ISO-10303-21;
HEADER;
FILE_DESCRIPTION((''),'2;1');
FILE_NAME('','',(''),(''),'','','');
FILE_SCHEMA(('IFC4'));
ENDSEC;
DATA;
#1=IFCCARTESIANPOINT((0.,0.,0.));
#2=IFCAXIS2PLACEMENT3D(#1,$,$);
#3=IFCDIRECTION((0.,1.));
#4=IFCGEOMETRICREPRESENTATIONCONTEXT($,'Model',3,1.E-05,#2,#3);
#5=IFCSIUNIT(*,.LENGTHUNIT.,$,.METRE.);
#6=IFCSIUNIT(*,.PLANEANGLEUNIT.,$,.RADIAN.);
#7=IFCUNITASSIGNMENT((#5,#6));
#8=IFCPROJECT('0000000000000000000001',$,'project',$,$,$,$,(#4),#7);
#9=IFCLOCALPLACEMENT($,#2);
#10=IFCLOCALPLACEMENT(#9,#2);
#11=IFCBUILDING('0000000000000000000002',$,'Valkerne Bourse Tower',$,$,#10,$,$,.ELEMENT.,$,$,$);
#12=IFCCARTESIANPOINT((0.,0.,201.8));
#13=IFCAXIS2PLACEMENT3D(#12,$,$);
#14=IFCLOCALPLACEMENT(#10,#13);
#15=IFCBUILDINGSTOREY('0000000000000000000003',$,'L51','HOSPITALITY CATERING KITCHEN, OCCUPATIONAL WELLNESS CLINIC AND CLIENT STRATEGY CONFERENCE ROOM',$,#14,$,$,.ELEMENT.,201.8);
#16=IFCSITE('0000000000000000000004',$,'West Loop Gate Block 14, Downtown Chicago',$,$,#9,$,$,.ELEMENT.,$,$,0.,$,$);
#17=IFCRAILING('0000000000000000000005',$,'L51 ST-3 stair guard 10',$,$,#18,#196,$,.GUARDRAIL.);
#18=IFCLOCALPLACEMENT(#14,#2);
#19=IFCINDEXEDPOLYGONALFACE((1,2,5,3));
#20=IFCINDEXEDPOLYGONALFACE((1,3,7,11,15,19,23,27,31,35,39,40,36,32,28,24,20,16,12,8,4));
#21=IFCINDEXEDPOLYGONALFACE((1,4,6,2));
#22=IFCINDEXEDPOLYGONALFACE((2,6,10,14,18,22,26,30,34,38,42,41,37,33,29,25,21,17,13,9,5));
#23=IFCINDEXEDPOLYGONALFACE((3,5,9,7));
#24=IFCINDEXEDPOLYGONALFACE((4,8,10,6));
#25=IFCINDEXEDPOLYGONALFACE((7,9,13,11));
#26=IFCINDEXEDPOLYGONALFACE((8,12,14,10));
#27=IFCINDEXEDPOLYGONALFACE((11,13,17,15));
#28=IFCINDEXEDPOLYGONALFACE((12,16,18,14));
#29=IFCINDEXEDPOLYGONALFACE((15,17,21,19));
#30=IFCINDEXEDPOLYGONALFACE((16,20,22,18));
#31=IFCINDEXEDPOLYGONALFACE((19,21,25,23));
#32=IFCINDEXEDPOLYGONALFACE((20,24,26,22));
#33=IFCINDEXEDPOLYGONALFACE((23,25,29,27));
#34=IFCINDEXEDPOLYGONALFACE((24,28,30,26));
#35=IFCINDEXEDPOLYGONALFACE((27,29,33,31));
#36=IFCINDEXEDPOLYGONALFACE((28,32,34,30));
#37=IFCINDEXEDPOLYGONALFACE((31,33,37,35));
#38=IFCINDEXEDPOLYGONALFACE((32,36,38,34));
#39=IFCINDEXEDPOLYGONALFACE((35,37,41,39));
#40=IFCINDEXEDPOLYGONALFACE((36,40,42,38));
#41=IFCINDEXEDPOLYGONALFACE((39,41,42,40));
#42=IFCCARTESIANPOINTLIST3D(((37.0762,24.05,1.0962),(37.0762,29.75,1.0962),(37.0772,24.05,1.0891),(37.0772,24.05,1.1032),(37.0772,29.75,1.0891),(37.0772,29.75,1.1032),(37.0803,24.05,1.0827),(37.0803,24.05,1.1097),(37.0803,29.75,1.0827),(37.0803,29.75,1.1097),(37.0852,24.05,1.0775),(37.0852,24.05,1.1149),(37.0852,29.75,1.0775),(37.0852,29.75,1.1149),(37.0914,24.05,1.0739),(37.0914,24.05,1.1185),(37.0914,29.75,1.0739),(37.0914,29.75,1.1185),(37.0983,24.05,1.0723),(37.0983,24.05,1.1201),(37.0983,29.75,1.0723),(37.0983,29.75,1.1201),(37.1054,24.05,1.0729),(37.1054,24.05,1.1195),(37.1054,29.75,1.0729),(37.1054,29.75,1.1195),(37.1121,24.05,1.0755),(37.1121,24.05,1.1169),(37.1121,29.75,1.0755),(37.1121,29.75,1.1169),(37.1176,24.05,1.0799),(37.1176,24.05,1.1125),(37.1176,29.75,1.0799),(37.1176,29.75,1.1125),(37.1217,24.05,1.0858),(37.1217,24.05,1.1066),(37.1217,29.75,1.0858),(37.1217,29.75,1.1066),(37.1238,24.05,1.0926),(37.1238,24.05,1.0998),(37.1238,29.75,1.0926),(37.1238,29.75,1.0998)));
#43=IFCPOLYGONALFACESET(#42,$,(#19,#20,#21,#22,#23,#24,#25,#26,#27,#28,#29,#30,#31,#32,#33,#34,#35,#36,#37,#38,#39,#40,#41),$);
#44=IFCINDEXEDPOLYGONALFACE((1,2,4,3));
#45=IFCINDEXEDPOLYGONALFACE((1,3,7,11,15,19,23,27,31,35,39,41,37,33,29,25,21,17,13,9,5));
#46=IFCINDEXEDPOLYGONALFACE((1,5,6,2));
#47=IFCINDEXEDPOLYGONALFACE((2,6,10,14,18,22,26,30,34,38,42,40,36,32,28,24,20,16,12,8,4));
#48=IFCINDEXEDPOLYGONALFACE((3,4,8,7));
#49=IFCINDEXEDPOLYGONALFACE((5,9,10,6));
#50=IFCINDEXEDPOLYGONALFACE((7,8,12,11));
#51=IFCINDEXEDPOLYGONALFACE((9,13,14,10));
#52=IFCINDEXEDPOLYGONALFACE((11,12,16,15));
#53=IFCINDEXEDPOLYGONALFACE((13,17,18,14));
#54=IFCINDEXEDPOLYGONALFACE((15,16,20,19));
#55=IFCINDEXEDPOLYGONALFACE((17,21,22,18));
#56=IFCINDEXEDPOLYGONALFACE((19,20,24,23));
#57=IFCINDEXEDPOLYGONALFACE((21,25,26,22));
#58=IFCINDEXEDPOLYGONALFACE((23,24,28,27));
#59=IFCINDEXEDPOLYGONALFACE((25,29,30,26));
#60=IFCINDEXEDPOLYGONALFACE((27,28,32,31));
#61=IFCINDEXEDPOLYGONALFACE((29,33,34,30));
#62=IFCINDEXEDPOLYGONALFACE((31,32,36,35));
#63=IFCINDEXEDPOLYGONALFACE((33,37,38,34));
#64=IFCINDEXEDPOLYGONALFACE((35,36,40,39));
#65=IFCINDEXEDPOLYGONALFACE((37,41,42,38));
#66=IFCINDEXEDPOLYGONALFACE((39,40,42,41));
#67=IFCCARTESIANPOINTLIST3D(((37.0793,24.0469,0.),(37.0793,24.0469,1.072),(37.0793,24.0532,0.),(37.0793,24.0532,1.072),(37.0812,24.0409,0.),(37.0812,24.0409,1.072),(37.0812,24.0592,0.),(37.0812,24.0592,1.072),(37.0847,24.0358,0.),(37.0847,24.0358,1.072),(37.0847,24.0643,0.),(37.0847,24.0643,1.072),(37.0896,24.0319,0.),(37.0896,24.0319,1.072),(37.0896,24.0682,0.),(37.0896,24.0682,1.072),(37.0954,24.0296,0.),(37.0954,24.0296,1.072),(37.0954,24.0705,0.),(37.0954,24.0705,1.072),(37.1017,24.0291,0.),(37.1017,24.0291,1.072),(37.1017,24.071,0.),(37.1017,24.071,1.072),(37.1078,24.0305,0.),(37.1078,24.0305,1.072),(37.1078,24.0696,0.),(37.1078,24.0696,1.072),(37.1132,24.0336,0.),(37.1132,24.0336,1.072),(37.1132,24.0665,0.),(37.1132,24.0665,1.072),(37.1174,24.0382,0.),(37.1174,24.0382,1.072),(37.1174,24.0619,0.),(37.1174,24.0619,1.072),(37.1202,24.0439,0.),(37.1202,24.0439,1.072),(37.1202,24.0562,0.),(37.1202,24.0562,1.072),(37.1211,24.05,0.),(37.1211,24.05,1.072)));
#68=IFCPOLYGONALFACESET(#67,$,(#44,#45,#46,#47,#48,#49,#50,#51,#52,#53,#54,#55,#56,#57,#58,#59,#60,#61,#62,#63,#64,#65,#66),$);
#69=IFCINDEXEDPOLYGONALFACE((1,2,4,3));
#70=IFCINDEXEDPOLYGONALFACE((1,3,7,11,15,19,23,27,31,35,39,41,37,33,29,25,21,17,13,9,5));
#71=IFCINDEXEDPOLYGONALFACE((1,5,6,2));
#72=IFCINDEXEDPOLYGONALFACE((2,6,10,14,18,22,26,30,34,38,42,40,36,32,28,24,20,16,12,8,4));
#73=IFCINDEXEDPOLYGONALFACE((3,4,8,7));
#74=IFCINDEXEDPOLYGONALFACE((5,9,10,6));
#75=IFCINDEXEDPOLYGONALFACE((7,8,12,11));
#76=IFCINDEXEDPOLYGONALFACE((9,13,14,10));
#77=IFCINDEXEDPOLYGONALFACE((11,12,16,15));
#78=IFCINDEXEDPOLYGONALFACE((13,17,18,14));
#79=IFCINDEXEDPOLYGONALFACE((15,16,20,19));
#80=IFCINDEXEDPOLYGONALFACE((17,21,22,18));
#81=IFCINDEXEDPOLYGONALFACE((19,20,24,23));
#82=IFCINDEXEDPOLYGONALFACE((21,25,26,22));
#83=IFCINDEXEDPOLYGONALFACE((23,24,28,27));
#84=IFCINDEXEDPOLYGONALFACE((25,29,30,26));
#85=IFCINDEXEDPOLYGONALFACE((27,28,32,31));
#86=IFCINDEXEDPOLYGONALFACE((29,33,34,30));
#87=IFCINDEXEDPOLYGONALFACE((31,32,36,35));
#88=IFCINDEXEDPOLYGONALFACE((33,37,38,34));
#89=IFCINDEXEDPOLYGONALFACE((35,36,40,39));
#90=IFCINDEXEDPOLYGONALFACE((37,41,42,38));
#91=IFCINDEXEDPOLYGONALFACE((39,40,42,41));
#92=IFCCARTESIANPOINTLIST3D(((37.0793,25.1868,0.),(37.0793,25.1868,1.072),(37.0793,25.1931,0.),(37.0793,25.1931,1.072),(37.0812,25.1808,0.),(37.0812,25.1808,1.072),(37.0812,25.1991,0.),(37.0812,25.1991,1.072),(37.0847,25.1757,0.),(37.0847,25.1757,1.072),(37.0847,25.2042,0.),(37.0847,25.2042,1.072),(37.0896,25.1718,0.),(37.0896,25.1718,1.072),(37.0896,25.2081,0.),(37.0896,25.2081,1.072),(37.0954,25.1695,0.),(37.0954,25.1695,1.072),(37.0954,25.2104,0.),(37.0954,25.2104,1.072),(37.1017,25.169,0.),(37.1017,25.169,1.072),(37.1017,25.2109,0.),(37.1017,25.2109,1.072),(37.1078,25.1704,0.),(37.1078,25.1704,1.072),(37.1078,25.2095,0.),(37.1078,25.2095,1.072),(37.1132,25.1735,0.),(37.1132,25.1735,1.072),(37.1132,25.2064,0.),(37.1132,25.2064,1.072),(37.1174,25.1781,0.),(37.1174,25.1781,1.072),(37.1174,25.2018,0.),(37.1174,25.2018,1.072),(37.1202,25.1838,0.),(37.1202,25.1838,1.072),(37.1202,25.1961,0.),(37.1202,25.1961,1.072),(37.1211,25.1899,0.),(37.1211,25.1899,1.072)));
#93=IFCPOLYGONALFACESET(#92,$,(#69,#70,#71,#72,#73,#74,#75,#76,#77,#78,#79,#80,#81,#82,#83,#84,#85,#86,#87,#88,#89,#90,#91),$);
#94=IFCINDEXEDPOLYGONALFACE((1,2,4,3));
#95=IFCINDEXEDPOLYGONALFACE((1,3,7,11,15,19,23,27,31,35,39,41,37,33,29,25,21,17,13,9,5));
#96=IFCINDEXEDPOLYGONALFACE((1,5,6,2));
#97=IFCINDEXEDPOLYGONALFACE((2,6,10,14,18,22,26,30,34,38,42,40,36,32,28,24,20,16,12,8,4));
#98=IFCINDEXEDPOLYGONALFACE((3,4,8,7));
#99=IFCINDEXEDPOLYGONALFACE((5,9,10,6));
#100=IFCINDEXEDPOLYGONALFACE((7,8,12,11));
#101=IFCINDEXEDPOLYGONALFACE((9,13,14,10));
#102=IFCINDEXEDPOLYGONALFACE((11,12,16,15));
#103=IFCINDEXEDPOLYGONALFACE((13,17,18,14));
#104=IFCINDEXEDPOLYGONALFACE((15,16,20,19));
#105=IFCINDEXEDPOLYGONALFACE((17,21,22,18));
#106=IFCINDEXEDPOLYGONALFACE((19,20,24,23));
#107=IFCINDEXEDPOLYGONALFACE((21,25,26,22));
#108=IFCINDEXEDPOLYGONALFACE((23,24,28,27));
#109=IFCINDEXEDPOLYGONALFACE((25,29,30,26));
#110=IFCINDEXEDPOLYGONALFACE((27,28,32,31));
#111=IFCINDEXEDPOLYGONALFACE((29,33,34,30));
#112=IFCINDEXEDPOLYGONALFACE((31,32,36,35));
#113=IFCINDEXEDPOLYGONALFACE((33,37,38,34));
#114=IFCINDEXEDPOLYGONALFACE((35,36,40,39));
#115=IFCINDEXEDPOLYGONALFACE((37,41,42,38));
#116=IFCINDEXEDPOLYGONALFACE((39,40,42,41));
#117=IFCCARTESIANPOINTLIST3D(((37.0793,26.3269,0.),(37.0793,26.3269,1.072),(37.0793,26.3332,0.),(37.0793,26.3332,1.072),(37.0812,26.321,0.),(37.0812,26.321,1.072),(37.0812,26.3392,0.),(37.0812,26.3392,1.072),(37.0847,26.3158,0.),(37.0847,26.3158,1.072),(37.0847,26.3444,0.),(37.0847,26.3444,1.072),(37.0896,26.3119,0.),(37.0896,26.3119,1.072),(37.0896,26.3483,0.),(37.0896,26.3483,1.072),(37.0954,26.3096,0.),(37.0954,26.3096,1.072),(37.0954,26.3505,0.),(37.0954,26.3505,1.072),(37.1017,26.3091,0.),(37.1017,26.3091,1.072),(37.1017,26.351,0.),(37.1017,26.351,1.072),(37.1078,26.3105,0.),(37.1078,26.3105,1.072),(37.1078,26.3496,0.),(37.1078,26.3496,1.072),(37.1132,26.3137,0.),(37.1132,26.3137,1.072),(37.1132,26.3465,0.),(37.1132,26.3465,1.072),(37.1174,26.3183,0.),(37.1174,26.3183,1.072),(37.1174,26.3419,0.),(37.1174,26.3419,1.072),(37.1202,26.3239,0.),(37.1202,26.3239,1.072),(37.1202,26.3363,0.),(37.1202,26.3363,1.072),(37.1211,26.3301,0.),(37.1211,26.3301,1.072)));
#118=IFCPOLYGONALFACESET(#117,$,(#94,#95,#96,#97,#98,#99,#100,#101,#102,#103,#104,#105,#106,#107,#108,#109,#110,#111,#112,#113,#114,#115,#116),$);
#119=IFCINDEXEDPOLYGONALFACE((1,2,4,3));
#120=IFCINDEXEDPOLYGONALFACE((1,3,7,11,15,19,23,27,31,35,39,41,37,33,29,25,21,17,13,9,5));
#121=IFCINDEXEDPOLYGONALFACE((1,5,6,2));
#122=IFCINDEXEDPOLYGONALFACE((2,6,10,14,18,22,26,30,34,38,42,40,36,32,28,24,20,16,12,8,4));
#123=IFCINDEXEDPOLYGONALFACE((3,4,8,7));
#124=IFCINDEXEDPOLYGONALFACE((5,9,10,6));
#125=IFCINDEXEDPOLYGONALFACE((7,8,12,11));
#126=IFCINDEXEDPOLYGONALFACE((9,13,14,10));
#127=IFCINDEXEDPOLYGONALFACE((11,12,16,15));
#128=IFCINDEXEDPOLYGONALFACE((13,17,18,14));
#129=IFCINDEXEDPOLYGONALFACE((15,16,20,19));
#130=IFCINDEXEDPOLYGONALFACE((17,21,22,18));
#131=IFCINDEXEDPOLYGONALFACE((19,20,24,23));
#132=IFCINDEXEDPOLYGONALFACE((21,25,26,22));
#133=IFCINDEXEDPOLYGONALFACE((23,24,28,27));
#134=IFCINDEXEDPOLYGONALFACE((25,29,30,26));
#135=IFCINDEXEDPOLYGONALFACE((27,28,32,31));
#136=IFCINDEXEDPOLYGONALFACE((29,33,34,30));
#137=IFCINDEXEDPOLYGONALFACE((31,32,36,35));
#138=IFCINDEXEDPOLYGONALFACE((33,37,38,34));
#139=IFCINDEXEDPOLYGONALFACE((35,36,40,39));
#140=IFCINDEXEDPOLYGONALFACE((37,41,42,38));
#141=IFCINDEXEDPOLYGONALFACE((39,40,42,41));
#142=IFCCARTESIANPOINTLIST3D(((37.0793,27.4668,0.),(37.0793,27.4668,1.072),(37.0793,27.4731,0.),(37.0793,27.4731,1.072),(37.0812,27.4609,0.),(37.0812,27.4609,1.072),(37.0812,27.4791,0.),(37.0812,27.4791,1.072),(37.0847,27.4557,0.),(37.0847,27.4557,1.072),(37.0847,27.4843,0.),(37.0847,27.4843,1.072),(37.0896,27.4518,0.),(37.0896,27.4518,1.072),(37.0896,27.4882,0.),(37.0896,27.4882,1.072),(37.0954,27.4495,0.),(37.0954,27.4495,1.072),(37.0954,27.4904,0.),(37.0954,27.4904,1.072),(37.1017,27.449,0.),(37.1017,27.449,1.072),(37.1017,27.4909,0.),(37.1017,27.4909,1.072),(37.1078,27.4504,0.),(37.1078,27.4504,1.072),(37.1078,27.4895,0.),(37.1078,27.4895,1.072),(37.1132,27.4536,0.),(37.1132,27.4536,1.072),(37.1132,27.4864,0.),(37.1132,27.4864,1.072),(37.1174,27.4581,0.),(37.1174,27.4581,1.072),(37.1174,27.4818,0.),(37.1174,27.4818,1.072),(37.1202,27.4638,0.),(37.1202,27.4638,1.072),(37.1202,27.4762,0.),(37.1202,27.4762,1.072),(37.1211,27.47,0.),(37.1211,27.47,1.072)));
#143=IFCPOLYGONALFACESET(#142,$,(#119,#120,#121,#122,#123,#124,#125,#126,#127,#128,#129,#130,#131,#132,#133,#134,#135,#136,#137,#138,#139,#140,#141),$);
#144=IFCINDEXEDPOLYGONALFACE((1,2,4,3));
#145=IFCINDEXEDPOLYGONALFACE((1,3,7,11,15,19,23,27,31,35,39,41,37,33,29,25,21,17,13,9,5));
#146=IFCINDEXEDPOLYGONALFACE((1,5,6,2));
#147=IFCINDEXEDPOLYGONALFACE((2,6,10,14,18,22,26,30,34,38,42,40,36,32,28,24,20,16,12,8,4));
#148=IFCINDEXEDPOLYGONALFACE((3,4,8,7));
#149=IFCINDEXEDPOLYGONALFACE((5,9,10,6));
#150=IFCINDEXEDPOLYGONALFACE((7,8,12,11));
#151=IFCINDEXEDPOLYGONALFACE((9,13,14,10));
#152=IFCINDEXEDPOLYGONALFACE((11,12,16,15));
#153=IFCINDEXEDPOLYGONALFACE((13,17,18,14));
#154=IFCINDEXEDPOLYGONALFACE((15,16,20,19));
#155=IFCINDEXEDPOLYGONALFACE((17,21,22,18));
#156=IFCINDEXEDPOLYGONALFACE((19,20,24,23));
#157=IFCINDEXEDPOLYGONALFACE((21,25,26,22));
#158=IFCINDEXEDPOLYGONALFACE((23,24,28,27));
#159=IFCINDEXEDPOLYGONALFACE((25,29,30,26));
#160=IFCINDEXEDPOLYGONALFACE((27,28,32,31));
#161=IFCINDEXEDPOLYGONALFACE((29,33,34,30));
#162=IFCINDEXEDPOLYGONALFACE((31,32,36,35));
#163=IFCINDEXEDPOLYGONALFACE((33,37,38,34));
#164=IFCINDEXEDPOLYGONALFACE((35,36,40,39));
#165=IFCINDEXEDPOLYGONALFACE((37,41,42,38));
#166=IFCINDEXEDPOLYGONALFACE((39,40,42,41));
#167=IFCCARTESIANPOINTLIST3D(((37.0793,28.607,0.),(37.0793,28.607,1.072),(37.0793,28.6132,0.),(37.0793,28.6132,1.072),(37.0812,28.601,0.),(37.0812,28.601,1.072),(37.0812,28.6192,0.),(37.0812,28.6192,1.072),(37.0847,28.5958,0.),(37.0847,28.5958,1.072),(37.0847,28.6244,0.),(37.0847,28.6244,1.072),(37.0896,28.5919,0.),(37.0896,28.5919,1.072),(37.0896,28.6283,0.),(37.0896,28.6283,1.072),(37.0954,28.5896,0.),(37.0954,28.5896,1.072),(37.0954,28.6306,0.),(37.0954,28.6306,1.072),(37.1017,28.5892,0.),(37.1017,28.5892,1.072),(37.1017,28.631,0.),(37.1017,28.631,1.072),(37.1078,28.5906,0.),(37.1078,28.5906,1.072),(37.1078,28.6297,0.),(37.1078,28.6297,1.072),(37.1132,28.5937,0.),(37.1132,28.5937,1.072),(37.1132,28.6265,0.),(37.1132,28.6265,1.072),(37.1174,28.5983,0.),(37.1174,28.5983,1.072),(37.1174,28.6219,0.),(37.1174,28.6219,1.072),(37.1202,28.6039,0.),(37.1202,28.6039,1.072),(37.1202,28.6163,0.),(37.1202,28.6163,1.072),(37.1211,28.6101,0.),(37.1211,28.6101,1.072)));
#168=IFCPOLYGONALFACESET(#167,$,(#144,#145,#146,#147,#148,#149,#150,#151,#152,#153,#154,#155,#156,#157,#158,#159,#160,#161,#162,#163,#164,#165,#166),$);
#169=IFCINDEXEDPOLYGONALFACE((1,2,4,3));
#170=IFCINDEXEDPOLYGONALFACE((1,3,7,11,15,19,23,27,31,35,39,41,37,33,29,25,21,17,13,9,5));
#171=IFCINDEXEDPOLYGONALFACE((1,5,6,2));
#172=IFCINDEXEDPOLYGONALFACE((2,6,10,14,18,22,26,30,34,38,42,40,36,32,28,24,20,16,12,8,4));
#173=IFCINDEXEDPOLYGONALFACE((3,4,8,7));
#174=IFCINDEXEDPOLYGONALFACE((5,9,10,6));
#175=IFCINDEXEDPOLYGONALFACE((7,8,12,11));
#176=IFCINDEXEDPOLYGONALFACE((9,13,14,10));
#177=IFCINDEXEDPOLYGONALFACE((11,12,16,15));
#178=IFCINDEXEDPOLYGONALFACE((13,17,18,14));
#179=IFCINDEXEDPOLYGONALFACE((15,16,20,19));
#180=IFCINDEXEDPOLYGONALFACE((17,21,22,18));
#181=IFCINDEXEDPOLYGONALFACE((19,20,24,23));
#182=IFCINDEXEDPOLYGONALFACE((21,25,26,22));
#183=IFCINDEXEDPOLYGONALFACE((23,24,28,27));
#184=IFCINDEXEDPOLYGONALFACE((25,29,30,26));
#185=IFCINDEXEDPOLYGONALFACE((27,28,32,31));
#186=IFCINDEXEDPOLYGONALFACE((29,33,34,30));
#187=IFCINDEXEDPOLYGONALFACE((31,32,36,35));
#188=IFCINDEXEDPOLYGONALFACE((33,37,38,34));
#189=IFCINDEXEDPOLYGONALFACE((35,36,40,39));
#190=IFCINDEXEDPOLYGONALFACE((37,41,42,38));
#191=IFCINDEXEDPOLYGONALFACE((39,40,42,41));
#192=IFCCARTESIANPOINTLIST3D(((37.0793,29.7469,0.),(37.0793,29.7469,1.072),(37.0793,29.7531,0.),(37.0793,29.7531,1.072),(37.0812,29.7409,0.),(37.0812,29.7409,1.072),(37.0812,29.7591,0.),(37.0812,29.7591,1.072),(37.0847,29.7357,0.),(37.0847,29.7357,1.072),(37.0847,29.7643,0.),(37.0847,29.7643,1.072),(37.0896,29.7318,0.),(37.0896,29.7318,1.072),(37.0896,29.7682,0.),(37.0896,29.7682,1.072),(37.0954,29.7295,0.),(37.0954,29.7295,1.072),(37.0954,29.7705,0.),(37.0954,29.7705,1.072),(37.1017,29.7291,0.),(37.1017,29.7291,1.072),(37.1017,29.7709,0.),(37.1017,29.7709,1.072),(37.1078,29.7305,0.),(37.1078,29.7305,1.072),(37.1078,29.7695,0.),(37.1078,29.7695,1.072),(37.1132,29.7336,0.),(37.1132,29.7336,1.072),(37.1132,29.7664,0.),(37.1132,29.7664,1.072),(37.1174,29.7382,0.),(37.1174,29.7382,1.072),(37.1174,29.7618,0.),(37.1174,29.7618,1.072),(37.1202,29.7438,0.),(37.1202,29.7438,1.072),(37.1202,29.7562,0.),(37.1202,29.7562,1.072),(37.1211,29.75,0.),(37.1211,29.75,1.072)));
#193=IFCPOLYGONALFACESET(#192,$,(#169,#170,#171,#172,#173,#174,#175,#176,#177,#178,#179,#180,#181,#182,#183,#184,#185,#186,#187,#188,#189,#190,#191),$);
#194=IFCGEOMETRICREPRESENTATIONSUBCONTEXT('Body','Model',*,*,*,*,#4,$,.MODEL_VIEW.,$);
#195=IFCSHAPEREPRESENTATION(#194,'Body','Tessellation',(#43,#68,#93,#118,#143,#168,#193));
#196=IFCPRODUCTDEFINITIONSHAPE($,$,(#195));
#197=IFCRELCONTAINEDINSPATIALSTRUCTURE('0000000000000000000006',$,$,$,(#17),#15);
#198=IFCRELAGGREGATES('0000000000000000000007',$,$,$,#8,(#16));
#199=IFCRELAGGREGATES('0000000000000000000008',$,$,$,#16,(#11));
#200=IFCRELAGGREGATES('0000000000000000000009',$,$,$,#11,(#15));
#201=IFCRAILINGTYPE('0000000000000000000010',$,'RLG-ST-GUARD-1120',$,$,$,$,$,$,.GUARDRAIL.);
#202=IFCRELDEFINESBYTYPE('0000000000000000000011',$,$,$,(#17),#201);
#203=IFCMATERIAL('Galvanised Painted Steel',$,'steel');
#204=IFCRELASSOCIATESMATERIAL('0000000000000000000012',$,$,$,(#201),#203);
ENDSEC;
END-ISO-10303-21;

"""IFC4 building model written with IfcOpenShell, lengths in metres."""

from ifc_helpers import new_model, si_unit, direction, frame, origin, origin_2d, place, context, subcontext, project, spatial, circle, extrude, material, type_object, element, save


model = new_model("IFC4")

# Units and contexts
model_context = context("Model", 3, precision=1e-05, world=origin(), true_north=direction((0.0, 1.0)))
body_context = subcontext(model_context, "Body", "Model", "MODEL_VIEW")
ifc_project = project(units=[si_unit("LENGTHUNIT", "METRE"), si_unit("PLANEANGLEUNIT", "RADIAN")], contexts=[model_context])

# Site, building, storey
site_placement = place(None, origin())
site = spatial("IfcSite", under=ifc_project, at=site_placement, Name="West Loop Gate Block 14, Downtown Chicago", CompositionType="ELEMENT", RefElevation=0.0)
building_placement = place(site_placement, origin())
building = spatial("IfcBuilding", under=site, at=building_placement, Name="Valkerne Bourse Tower", CompositionType="ELEMENT")
storey_placement = place(building_placement, frame((0.0, 0.0, 201.8)))
storey = spatial("IfcBuildingStorey", under=building, at=storey_placement, Name="L51", Description="HOSPITALITY CATERING KITCHEN, OCCUPATIONAL WELLNESS CLINIC AND CLIENT STRATEGY CONFERENCE ROOM", CompositionType="ELEMENT", Elevation=201.8)

# Railing
ifc_material_1 = material(Name="Galvanised Painted Steel", Category="steel")
railing_type_1 = type_object("IfcRailingType", Name="RLG-ST-GUARD-1120", PredefinedType="GUARDRAIL", material=ifc_material_1)
for number, where, name in (
    (1, (37.1001, 24.05, 0.0), "L51 ST-3 stair guard 10"),
):
    element("IfcRailing", number, at=place(storey_placement, frame(where)), inside=storey, type_object=railing_type_1, Name=name, PredefinedType="GUARDRAIL", context=body_context, shape_type="SweptSolid", body=[
        extrude(circle(Radius=0.0239, at=origin_2d()), frame((0.0, 0.0, 1.0962), z_axis=(0.0, 1.0, 0.0), x_axis=(-1.0, 0.0, 0.0)), (0.0, 0.0, 1.0), 5.7),
        extrude(circle(Radius=0.021, at=origin_2d()), origin(), (0.0, 0.0, 1.0), 1.072),
        extrude(circle(Radius=0.021, at=origin_2d()), frame((0.0, 1.1399, 0.0)), (0.0, 0.0, 1.0), 1.072),
        extrude(circle(Radius=0.021, at=origin_2d()), frame((0.0, 2.28, 0.0)), (0.0, 0.0, 1.0), 1.072),
        extrude(circle(Radius=0.021, at=origin_2d()), frame((0.0, 3.4199, 0.0)), (0.0, 0.0, 1.0), 1.072),
        extrude(circle(Radius=0.021, at=origin_2d()), frame((0.0, 4.5601, 0.0)), (0.0, 0.0, 1.0), 1.072),
        extrude(circle(Radius=0.021, at=origin_2d()), frame((0.0, 5.7, 0.0)), (0.0, 0.0, 1.0), 1.072),
    ])

save(model, "model.ifc")
